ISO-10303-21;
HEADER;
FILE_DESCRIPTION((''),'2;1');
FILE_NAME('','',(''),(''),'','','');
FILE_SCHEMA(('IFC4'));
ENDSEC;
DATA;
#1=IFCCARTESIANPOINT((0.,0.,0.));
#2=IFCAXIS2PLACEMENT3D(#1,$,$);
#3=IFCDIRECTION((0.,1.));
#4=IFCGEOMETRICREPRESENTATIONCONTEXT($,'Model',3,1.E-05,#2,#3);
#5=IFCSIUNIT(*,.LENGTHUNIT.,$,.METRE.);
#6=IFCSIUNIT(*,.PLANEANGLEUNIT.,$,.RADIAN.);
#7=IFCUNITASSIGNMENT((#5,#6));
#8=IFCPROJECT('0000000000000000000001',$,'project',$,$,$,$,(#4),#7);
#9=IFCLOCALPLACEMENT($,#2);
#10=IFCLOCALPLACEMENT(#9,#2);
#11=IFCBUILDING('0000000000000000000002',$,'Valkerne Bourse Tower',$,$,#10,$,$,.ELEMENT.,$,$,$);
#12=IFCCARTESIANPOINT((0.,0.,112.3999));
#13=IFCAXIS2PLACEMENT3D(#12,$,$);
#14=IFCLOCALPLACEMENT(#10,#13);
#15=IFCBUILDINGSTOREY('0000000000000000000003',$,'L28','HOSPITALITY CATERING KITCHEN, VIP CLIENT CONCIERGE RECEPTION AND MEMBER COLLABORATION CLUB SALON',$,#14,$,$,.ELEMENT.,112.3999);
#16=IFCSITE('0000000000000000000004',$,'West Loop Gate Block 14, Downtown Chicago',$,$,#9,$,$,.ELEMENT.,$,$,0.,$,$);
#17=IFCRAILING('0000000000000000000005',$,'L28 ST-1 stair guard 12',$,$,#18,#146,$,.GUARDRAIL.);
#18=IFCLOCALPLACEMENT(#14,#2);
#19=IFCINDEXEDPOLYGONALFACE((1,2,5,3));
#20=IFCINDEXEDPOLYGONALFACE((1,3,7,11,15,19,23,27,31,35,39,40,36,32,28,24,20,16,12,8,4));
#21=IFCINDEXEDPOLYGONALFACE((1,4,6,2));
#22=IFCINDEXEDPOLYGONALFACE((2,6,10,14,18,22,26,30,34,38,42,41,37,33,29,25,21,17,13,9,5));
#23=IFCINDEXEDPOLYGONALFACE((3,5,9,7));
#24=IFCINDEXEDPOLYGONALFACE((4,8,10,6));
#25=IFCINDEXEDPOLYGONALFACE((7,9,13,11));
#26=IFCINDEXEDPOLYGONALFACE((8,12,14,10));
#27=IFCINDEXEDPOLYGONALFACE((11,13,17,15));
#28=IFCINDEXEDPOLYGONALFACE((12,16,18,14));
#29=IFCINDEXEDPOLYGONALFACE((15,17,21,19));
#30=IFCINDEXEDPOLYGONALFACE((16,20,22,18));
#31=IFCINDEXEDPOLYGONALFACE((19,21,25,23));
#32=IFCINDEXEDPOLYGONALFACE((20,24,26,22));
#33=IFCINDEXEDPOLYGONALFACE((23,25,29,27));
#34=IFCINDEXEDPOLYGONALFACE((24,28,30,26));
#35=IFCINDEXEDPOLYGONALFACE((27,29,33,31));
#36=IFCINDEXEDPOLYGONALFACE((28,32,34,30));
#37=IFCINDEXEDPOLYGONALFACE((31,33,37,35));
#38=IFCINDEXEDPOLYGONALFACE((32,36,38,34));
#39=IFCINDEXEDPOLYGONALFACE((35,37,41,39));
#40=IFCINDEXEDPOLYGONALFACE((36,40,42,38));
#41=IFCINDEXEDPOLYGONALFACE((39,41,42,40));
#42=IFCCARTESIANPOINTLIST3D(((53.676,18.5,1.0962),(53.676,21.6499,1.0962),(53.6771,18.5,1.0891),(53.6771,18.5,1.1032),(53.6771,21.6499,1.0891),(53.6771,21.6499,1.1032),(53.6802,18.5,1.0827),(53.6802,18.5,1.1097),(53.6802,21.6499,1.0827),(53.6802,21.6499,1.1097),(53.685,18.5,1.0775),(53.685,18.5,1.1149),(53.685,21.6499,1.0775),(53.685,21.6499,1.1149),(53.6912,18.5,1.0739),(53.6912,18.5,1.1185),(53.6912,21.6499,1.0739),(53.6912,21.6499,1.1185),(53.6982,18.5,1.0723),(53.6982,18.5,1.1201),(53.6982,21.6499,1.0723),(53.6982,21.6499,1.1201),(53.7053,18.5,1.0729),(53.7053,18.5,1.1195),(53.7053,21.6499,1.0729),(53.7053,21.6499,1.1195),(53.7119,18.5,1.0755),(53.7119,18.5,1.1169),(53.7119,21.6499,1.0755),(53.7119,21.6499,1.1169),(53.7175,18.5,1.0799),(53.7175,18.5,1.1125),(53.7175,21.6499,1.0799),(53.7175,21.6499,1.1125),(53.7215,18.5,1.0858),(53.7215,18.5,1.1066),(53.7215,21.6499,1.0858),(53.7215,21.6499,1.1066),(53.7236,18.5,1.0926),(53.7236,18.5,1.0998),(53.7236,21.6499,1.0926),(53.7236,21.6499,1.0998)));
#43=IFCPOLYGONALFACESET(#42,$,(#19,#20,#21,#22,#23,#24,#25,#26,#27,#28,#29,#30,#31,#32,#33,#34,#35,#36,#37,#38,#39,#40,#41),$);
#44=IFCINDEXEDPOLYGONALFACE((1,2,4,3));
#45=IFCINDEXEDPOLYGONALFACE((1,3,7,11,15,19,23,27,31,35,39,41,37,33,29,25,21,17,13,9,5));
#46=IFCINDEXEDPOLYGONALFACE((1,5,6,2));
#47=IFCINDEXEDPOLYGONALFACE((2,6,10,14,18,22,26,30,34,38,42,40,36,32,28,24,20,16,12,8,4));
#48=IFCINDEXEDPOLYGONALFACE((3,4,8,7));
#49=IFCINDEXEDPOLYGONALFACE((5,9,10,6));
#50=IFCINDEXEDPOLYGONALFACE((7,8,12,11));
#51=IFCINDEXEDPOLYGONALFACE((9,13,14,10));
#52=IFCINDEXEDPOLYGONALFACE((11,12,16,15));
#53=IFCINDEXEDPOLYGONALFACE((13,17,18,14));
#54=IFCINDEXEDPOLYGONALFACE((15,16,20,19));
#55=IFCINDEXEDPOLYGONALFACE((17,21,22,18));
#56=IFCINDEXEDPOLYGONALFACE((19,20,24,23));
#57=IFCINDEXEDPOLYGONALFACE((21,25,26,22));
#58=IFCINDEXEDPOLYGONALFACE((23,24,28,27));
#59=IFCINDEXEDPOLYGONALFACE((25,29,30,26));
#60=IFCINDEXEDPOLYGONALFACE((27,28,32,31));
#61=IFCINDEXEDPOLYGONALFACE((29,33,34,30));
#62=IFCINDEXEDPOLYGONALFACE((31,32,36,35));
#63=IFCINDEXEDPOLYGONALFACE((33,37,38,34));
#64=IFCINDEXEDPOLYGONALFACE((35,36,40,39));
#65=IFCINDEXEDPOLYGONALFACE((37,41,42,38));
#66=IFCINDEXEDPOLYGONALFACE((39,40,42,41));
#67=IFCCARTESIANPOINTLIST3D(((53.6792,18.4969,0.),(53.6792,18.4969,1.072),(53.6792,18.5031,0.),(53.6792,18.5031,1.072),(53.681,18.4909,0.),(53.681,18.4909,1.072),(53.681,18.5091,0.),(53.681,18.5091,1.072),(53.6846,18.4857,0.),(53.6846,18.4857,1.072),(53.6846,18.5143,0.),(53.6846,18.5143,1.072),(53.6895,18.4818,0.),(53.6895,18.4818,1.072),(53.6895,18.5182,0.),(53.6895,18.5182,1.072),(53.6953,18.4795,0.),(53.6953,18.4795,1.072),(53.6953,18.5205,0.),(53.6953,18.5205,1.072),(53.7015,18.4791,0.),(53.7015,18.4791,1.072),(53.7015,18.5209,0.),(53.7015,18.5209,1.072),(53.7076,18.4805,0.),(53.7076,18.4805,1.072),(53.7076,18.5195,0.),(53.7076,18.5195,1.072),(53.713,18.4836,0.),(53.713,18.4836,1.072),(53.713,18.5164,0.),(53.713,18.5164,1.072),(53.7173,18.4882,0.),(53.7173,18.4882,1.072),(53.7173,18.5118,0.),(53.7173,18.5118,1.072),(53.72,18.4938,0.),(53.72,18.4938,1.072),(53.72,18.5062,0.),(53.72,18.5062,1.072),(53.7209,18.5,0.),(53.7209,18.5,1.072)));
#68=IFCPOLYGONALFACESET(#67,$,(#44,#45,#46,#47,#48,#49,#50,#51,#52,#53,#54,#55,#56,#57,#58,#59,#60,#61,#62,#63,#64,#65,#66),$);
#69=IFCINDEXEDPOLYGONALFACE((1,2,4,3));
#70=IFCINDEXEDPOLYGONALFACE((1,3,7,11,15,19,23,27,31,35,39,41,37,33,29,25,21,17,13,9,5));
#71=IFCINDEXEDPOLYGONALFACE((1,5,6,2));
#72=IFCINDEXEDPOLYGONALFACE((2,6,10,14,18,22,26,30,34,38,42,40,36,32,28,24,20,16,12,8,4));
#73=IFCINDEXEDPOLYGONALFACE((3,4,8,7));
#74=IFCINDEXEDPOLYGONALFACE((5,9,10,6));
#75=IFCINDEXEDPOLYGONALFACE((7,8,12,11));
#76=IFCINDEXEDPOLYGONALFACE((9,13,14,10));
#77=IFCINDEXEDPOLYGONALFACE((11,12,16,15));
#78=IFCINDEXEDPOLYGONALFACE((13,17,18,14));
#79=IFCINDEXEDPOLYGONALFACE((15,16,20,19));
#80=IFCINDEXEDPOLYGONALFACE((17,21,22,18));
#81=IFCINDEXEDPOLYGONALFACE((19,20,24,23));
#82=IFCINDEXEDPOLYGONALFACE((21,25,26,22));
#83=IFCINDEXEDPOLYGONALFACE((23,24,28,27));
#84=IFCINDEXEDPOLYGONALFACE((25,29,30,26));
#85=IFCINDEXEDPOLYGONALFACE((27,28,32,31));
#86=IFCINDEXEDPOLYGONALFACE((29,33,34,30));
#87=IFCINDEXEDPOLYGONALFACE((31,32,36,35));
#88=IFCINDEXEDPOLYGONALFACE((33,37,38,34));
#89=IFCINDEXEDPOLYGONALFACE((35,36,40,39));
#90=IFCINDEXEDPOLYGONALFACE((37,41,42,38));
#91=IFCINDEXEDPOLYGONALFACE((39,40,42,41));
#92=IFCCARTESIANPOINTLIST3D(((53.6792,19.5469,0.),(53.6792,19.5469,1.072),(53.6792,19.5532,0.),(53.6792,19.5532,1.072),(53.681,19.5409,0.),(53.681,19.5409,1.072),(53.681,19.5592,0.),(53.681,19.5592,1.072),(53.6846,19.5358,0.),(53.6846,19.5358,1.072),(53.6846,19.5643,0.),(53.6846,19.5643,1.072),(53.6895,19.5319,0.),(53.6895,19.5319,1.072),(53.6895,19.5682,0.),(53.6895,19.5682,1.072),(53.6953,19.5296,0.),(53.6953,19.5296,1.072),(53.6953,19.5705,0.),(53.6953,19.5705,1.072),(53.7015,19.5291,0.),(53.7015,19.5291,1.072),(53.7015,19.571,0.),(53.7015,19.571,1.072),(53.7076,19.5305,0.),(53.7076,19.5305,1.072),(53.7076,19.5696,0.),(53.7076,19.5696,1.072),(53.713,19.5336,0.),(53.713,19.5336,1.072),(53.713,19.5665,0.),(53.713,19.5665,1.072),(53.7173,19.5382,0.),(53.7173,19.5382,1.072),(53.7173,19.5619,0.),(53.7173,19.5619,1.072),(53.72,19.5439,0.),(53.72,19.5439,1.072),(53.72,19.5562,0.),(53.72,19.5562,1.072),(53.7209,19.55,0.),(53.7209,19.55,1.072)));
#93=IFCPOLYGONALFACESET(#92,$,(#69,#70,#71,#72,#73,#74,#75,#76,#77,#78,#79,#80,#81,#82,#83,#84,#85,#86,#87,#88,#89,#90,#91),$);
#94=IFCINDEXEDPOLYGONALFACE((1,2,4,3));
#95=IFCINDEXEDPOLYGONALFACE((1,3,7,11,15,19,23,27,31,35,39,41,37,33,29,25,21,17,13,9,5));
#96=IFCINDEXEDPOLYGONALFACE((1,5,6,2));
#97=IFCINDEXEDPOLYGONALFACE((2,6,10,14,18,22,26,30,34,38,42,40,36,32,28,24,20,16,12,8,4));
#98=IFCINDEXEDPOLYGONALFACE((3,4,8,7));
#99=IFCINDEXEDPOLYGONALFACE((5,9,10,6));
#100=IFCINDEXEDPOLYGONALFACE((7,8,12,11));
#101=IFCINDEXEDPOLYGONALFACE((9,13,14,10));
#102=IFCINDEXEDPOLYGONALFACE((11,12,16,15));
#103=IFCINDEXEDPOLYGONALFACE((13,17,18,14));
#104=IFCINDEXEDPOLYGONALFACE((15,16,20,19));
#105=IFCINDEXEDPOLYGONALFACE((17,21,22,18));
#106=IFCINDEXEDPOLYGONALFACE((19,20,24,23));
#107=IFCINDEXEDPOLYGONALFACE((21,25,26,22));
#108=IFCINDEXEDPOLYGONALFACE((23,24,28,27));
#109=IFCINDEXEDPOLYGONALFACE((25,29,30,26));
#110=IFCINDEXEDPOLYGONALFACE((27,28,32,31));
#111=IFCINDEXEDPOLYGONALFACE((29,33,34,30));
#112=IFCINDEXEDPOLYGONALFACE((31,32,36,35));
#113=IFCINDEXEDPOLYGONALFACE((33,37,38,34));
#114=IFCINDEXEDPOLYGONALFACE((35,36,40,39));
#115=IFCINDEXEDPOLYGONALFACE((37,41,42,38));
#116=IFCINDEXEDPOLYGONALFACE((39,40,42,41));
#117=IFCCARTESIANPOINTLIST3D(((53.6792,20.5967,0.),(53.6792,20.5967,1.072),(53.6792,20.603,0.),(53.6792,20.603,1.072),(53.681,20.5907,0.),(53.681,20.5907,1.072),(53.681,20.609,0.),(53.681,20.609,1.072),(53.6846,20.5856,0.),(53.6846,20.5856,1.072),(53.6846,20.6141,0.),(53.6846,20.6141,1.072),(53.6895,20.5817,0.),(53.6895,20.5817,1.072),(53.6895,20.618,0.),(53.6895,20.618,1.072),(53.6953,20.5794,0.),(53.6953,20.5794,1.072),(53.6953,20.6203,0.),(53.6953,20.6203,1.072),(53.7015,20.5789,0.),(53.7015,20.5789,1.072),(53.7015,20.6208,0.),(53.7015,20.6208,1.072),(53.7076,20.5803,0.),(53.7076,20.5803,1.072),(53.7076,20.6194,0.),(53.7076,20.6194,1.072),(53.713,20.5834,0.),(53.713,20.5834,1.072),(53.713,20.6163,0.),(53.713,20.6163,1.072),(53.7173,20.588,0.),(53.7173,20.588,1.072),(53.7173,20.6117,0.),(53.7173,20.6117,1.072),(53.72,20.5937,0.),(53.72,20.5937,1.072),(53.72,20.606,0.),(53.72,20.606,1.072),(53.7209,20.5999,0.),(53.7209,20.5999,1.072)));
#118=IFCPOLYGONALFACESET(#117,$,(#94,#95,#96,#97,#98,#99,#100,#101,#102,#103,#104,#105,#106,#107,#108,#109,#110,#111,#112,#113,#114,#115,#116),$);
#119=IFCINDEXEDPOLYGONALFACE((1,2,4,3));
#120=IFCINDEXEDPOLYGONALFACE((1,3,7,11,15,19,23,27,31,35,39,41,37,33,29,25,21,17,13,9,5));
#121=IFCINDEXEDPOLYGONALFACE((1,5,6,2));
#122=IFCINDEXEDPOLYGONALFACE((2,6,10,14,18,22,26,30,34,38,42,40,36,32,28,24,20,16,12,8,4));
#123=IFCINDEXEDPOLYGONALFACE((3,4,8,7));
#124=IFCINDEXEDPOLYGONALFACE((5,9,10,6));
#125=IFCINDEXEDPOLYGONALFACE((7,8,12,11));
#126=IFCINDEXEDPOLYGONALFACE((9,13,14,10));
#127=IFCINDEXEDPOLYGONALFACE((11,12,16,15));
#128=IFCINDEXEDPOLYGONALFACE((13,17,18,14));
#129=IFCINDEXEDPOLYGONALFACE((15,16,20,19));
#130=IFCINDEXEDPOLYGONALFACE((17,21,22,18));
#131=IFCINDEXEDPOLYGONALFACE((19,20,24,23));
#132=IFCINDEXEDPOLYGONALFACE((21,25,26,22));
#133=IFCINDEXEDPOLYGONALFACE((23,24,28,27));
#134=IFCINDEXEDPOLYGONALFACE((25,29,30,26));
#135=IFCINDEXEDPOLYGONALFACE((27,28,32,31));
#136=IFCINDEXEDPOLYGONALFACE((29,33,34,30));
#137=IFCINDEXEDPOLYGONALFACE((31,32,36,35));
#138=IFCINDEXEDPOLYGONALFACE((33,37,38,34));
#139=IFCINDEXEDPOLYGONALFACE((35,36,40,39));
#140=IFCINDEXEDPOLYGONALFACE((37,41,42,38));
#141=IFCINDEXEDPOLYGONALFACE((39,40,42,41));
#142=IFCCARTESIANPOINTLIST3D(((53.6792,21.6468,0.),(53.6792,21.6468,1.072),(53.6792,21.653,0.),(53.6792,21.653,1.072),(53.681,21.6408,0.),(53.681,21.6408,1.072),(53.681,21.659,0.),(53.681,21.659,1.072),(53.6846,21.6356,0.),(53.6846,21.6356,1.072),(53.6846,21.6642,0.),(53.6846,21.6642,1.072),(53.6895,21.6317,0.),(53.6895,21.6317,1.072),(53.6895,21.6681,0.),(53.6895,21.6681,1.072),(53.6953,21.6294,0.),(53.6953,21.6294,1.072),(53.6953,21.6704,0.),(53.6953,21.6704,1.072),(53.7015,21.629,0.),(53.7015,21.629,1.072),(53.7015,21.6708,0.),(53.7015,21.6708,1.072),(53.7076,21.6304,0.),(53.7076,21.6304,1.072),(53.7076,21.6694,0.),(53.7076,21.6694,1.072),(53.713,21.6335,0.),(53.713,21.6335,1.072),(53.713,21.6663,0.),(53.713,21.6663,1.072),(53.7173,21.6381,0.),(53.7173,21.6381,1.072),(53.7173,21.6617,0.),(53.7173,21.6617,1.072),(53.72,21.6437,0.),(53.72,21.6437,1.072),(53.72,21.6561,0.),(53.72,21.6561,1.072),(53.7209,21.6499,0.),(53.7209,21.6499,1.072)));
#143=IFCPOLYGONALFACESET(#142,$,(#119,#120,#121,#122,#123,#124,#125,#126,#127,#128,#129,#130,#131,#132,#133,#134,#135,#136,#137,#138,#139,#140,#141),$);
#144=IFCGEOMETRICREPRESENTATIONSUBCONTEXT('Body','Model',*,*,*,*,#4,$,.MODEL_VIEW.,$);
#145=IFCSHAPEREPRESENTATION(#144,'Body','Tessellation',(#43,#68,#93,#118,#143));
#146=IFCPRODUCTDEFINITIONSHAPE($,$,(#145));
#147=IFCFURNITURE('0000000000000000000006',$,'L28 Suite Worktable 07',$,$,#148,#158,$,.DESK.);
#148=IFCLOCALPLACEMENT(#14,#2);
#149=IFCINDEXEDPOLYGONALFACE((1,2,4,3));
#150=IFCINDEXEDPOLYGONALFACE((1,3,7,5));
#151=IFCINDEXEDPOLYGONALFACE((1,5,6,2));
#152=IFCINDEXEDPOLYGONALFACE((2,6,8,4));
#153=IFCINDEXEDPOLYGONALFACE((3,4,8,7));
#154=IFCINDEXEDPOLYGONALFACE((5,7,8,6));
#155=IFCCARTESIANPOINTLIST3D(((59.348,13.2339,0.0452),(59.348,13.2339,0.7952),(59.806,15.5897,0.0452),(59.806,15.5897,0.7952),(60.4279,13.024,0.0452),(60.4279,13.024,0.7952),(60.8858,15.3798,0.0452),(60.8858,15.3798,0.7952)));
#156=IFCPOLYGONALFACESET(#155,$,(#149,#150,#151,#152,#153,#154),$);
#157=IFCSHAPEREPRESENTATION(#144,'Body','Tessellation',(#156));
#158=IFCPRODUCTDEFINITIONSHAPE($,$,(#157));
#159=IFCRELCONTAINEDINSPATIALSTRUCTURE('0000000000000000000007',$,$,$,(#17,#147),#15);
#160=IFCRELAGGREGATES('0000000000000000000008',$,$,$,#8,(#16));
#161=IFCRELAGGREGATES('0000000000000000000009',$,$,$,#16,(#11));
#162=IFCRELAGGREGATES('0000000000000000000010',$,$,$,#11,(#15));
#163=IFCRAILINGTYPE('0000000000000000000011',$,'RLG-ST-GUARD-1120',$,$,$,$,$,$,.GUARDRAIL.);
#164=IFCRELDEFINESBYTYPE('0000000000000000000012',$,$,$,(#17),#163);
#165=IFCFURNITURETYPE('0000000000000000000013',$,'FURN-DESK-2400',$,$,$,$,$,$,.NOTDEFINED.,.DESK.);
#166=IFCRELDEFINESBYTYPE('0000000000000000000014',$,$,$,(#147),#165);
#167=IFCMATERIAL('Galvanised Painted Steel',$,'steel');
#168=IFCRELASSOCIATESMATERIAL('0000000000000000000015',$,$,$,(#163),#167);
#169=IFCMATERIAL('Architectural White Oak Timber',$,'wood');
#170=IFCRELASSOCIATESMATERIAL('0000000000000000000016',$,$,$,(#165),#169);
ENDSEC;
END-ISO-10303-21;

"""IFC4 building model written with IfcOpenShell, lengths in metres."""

from ifc_helpers import new_model, si_unit, direction, frame, origin, origin_2d, place, context, subcontext, project, spatial, rectangle, circle, extrude, material, type_object, element, save


model = new_model("IFC4")

# Units and contexts
model_context = context("Model", 3, precision=1e-05, world=origin(), true_north=direction((0.0, 1.0)))
body_context = subcontext(model_context, "Body", "Model", "MODEL_VIEW")
ifc_project = project(units=[si_unit("LENGTHUNIT", "METRE"), si_unit("PLANEANGLEUNIT", "RADIAN")], contexts=[model_context])

# Site, building, storey
site_placement = place(None, origin())
site = spatial("IfcSite", under=ifc_project, at=site_placement, Name="West Loop Gate Block 14, Downtown Chicago", CompositionType="ELEMENT", RefElevation=0.0)
building_placement = place(site_placement, origin())
building = spatial("IfcBuilding", under=site, at=building_placement, Name="Valkerne Bourse Tower", CompositionType="ELEMENT")
storey_placement = place(building_placement, frame((0.0, 0.0, 112.3999)))
storey = spatial("IfcBuildingStorey", under=building, at=storey_placement, Name="L28", Description="HOSPITALITY CATERING KITCHEN, VIP CLIENT CONCIERGE RECEPTION AND MEMBER COLLABORATION CLUB SALON", CompositionType="ELEMENT", Elevation=112.3999)

# Shared definitions
ifc_material_1 = material(Name="Galvanised Painted Steel", Category="steel")

# Shared definitions
ifc_material_2 = material(Name="Architectural White Oak Timber", Category="wood")

# Railing
railing_type = type_object("IfcRailingType", Name="RLG-ST-GUARD-1120", PredefinedType="GUARDRAIL", material=ifc_material_1)
railing_1_placement = place(storey_placement, frame((53.7, 18.5, 0.0)))
element("IfcRailing", 1, at=railing_1_placement, inside=storey, type_object=railing_type, Name="L28 ST-1 stair guard 12", PredefinedType="GUARDRAIL", context=body_context, shape_type="SweptSolid", body=[
    extrude(circle(Radius=0.0239, at=origin_2d()), frame((0.0, 0.0, 1.0962), z_axis=(0.0, 1.0, 0.0), x_axis=(-1.0, 0.0, 0.0)), (0.0, 0.0, 1.0), 3.1499),
    extrude(circle(Radius=0.021, at=origin_2d()), origin(), (0.0, 0.0, 1.0), 1.072),
    extrude(circle(Radius=0.021, at=origin_2d()), frame((0.0, 1.05, 0.0)), (0.0, 0.0, 1.0), 1.072),
    extrude(circle(Radius=0.021, at=origin_2d()), frame((0.0, 2.0999, 0.0)), (0.0, 0.0, 1.0), 1.072),
    extrude(circle(Radius=0.021, at=origin_2d()), frame((0.0, 3.1499, 0.0)), (0.0, 0.0, 1.0), 1.072),
])

# Furniture
furniture_type = type_object("IfcFurnitureType", Name="FURN-DESK-2400", AssemblyPlace="NOTDEFINED", PredefinedType="DESK", material=ifc_material_2)
furniture_placement = place(storey_placement, frame((60.1169, 14.3069, 0.0452), z_axis=(0.0, 0.0, 1.0), x_axis=(0.190809, 0.981627, 0.0)))
element("IfcFurniture", 2, at=furniture_placement, inside=storey, type_object=furniture_type, Name="L28 Suite Worktable 07", PredefinedType="DESK", context=body_context, shape_type="SweptSolid", body=[
    extrude(rectangle(XDim=2.3999, YDim=1.1001, at=origin_2d()), origin(), (0.0, 0.0, 1.0), 0.75),
])

save(model, "model.ifc")
